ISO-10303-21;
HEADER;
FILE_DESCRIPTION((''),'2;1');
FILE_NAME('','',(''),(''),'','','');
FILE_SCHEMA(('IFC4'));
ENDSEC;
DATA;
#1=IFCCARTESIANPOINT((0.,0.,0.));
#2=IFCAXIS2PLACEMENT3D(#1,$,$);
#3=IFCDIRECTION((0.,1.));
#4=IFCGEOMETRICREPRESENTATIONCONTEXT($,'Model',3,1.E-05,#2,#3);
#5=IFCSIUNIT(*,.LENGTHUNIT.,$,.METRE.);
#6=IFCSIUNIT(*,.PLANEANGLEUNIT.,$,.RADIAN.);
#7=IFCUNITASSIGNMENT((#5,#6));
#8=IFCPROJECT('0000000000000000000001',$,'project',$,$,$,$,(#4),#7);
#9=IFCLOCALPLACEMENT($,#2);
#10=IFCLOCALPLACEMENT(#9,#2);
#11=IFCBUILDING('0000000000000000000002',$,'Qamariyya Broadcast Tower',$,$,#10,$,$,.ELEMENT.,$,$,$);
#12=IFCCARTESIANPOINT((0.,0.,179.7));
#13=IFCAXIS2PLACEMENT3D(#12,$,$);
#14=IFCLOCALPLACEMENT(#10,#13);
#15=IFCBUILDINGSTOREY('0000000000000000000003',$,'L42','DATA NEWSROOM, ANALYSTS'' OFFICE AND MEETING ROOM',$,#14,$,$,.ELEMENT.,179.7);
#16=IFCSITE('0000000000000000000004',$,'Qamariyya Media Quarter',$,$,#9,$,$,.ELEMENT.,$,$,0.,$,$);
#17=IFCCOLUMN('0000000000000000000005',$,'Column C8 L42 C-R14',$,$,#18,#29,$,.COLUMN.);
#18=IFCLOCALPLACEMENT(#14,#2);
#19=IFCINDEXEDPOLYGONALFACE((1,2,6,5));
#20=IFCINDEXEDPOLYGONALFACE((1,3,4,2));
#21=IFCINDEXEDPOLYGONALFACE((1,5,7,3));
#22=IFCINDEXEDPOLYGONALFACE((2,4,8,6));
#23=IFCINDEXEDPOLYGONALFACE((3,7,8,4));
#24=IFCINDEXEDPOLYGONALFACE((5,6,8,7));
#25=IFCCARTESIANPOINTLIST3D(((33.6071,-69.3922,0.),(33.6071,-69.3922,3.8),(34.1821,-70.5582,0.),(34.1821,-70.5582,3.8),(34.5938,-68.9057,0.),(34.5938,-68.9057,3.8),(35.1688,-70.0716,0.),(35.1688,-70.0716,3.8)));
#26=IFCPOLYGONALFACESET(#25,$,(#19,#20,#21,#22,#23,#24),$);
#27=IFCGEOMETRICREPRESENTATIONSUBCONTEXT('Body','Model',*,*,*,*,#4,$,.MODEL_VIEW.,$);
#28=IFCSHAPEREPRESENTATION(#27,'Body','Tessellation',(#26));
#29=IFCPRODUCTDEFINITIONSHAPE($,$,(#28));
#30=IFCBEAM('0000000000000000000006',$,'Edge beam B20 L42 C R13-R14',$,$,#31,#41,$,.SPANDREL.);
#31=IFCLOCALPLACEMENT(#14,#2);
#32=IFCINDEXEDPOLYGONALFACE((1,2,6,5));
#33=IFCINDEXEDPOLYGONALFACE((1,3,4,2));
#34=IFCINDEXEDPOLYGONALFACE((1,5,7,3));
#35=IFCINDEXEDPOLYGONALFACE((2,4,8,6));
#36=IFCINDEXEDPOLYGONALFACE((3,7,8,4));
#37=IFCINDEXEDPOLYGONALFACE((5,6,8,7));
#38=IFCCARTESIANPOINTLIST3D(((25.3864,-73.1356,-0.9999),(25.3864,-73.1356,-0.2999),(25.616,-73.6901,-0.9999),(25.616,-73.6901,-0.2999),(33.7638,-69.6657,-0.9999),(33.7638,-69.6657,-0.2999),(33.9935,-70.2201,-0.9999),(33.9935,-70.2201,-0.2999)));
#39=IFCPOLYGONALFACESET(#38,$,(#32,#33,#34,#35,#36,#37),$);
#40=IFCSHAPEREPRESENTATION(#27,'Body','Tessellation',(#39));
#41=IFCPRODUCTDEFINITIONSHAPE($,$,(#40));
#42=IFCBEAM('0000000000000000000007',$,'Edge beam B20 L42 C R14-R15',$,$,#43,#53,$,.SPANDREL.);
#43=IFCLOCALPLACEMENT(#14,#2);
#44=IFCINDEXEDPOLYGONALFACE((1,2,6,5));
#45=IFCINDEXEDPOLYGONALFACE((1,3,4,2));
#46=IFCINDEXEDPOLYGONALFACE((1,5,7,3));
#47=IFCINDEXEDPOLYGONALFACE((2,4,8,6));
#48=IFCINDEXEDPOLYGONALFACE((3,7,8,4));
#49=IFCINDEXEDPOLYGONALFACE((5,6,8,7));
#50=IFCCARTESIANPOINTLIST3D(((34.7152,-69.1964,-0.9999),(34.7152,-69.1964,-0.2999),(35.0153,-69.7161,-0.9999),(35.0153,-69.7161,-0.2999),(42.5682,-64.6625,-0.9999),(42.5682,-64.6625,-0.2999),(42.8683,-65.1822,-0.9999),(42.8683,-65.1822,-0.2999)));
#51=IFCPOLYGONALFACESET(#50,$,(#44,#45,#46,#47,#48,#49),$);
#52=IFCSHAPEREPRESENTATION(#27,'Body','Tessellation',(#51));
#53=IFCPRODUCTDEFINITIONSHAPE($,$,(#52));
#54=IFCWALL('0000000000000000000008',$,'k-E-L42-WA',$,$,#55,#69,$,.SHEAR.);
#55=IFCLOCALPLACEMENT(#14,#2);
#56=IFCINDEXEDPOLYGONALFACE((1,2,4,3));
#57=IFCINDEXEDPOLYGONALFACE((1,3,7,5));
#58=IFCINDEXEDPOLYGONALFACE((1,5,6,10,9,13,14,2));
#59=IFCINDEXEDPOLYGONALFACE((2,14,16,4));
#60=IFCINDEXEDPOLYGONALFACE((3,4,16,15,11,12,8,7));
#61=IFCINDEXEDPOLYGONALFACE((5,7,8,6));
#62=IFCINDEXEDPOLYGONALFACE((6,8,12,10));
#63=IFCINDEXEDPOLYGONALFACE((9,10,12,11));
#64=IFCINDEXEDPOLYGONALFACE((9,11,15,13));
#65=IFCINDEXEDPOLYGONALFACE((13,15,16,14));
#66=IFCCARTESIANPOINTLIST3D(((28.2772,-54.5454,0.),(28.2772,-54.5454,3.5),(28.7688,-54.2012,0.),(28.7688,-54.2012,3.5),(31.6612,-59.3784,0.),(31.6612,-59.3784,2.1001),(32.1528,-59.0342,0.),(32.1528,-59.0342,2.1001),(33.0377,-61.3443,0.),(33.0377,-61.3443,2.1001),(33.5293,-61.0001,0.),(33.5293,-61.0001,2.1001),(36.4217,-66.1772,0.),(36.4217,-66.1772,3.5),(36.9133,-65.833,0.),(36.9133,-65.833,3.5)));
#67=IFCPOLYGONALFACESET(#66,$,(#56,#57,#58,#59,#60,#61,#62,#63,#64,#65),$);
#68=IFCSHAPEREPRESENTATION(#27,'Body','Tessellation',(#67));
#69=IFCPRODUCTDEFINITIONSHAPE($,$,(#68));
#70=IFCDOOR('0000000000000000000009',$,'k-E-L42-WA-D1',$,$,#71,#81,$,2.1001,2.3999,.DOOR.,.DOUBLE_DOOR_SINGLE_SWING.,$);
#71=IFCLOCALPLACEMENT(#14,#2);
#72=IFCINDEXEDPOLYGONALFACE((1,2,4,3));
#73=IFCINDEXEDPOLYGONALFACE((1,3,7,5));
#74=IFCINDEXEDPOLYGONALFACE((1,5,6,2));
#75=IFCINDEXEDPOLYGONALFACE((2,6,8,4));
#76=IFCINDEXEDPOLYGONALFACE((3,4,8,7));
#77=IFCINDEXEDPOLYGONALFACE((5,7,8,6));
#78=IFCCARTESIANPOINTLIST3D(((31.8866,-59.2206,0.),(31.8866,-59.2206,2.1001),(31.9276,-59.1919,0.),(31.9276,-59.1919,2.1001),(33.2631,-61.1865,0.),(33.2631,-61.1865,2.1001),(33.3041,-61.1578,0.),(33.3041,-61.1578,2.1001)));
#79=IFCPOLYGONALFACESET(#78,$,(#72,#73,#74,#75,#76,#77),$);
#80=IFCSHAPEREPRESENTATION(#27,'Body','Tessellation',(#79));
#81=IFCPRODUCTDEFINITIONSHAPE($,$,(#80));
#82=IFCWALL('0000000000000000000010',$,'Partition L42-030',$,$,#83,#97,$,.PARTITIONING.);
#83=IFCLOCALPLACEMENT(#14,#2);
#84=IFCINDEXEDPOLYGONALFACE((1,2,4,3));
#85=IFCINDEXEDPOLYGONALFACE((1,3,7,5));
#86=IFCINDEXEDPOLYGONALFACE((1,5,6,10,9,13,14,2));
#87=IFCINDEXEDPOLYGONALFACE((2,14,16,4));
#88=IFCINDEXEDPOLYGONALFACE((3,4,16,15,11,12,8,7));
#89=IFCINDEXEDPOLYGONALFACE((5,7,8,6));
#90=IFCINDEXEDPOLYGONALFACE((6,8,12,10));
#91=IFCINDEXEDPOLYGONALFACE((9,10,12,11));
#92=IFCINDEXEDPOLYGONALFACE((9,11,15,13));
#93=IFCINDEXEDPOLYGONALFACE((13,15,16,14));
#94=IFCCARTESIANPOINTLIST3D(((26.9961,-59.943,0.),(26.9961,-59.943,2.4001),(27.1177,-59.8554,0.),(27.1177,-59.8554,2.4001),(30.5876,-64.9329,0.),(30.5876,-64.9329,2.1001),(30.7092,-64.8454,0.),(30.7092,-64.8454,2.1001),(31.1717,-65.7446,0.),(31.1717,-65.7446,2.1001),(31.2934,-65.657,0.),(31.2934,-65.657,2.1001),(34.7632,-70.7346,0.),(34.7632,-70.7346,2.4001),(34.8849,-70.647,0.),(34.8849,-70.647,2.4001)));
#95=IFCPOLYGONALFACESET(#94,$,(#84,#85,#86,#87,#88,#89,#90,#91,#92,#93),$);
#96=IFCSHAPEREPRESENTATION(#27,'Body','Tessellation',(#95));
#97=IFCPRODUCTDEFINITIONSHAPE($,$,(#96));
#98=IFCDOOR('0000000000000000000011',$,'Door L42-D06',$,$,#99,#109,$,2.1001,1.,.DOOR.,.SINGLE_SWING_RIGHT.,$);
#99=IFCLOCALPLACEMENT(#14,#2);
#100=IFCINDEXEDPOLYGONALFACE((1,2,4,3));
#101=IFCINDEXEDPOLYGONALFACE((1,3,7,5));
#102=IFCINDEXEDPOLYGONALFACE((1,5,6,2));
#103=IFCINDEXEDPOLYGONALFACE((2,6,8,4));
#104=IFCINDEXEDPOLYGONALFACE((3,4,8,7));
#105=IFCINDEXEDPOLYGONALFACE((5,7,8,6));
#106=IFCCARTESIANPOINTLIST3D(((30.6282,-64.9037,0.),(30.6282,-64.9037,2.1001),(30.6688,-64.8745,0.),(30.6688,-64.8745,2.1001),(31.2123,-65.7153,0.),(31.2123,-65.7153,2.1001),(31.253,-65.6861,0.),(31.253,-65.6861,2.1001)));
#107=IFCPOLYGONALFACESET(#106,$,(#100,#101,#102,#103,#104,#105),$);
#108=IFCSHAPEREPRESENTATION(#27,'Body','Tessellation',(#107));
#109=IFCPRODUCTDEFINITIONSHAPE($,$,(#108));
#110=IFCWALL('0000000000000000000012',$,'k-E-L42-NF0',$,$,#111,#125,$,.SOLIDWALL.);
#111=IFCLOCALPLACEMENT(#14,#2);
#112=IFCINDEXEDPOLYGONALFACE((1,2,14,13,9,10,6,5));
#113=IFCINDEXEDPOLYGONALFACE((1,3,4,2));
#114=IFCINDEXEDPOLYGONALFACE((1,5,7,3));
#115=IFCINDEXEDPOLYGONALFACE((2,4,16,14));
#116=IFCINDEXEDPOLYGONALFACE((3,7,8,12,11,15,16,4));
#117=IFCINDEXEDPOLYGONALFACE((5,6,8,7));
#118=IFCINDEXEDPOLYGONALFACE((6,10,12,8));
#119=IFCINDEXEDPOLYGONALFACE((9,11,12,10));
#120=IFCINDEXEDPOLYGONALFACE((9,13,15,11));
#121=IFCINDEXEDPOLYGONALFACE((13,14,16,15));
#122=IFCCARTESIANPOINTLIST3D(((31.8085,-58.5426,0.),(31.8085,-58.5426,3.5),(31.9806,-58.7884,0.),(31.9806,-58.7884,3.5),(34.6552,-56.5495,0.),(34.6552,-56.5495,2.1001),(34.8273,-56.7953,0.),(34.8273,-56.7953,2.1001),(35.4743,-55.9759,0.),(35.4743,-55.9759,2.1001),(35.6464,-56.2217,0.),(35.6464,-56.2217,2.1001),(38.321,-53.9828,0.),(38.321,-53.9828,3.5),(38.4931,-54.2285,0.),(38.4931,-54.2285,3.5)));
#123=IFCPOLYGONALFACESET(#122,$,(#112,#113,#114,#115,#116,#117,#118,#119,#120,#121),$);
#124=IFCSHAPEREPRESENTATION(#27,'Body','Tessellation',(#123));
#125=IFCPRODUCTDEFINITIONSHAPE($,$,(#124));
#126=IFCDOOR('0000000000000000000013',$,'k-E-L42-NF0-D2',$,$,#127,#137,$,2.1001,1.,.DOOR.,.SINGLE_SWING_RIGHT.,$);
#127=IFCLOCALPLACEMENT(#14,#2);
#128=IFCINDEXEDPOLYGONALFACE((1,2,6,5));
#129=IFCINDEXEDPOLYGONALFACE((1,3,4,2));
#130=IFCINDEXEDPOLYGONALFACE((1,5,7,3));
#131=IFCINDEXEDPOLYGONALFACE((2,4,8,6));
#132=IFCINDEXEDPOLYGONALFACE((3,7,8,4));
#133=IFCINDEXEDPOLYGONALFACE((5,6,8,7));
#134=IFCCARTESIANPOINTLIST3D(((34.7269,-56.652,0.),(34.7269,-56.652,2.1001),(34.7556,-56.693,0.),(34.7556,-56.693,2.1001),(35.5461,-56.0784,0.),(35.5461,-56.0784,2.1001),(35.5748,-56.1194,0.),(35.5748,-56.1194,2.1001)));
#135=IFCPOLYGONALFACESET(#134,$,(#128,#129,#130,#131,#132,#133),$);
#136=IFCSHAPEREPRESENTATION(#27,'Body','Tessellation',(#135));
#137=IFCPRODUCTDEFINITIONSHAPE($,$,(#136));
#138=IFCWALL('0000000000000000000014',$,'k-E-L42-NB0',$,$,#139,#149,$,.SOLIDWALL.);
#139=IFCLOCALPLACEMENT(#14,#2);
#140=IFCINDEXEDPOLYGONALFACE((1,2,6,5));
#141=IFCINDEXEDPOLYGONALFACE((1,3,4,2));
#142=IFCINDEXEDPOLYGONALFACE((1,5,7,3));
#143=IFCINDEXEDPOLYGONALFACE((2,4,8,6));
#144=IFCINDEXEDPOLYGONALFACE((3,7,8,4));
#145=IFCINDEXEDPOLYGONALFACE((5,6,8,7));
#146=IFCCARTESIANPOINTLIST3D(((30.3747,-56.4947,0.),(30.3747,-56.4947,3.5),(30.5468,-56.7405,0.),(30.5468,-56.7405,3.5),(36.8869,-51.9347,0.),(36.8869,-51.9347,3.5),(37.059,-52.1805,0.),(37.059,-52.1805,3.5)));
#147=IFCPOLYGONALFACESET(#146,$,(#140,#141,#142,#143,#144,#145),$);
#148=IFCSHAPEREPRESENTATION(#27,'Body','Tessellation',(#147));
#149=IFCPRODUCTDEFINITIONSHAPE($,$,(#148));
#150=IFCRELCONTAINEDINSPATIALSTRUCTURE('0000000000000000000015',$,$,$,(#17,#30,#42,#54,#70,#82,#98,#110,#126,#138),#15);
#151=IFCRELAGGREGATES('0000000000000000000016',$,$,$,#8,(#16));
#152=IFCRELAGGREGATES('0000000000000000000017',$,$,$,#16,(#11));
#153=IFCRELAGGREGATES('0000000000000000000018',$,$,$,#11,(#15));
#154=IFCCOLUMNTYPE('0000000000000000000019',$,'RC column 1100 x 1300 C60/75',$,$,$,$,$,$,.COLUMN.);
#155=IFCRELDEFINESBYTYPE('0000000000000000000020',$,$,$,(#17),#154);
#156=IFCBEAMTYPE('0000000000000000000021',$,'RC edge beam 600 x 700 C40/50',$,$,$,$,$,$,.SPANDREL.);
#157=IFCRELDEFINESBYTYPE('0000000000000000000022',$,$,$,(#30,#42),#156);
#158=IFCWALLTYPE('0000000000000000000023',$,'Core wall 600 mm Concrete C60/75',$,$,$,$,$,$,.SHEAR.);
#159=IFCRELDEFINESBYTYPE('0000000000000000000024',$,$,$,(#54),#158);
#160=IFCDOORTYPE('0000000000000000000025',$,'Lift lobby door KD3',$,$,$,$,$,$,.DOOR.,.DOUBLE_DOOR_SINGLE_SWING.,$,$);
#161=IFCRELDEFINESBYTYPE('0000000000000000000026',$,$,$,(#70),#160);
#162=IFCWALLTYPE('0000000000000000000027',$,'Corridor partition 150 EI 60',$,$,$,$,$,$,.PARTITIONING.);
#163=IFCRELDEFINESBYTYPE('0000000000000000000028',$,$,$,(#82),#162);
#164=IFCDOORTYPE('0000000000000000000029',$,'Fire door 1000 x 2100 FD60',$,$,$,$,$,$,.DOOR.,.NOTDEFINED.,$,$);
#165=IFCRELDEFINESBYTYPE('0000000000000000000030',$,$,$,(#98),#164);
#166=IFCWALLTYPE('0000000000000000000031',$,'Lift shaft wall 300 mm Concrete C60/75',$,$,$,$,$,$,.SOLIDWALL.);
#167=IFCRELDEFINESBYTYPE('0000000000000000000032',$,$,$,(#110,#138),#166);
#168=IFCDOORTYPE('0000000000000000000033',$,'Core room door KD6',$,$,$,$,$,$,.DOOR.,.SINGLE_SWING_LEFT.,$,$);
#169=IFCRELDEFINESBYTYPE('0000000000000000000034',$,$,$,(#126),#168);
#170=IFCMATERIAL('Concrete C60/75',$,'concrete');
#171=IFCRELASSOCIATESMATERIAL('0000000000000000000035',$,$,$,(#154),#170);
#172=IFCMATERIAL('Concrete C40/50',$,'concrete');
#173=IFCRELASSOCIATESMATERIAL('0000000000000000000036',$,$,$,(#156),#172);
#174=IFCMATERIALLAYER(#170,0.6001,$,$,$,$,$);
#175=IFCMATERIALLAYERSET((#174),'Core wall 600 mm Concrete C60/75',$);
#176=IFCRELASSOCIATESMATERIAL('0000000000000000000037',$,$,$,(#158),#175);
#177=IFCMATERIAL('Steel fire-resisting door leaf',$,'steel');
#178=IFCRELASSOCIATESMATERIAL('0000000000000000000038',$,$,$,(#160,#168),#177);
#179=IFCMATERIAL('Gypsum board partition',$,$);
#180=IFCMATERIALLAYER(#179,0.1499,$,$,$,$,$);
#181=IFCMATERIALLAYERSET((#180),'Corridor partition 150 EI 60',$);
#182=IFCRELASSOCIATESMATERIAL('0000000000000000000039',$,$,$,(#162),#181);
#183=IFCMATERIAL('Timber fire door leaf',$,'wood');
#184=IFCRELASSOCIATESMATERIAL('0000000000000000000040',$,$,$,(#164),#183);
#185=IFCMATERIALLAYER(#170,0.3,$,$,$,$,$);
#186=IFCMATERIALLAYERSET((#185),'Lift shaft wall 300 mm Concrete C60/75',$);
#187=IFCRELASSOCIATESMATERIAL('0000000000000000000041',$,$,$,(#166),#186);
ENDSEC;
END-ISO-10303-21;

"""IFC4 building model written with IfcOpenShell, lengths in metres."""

from ifc_helpers import new_model, si_unit, direction, frame, frame_2d, origin, origin_2d, place, context, subcontext, project, spatial, rectangle, extrude, material, layer, layer_set, material_profile, profile_set, type_object, element, fill, save


model = new_model("IFC4")

# Units and contexts
model_context = context("Model", 3, precision=1e-05, world=origin(), true_north=direction((0.0, 1.0)))
body_context = subcontext(model_context, "Body", "Model", "MODEL_VIEW")
ifc_project = project(units=[si_unit("LENGTHUNIT", "METRE"), si_unit("PLANEANGLEUNIT", "RADIAN")], contexts=[model_context])

# Site, building, storey
site_placement = place(None, origin())
site = spatial("IfcSite", under=ifc_project, at=site_placement, Name="Qamariyya Media Quarter", CompositionType="ELEMENT", RefElevation=0.0)
building_placement = place(site_placement, origin())
building = spatial("IfcBuilding", under=site, at=building_placement, Name="Qamariyya Broadcast Tower", CompositionType="ELEMENT")
storey_placement = place(building_placement, frame((0.0, 0.0, 179.7)))
storey = spatial("IfcBuildingStorey", under=building, at=storey_placement, Name="L42", Description="DATA NEWSROOM, ANALYSTS' OFFICE AND MEETING ROOM", CompositionType="ELEMENT", Elevation=179.7)

# Column
ifc_material_1 = material(Name="Concrete C60/75", Category="concrete")
ifc_material_profile_1 = material_profile(ifc_material_1, rectangle(XDim=1.1001, YDim=1.3, at=origin_2d()))
ifc_profile_set_1 = profile_set([ifc_material_profile_1], Name="Concrete C60/75")
column_type = type_object("IfcColumnType", Name="RC column 1100 x 1300 C60/75", PredefinedType="COLUMN", material=ifc_profile_set_1)
column_placement = place(storey_placement, frame((34.3879, -69.7319, 0.0), z_axis=(0.0, 0.0, 1.0), x_axis=(0.896873, 0.442289, 0.0)))
element("IfcColumn", 1, at=column_placement, inside=storey, type_object=column_type, Name="Column C8 L42 C-R14", PredefinedType="COLUMN", context=body_context, shape_type="SweptSolid", body=[
    extrude(rectangle(XDim=1.1001, YDim=1.3, at=origin_2d()), origin(), (0.0, 0.0, 1.0), 3.8),
])

# Beams
ifc_material_2 = material(Name="Concrete C40/50", Category="concrete")
ifc_material_profile_2 = material_profile(ifc_material_2, rectangle(XDim=0.6001, YDim=0.7, at=origin_2d()))
ifc_profile_set_2 = profile_set([ifc_material_profile_2], Name="Concrete C40/50")
beam_type = type_object("IfcBeamType", Name="RC edge beam 600 x 700 C40/50", PredefinedType="SPANDREL", material=ifc_profile_set_2)
beam_1_placement = place(storey_placement, frame((25.5012, -73.4128, -0.6499), z_axis=(0.923883, 0.382676, 0.0), x_axis=(-0.382676, 0.923883, 0.0)))
element("IfcBeam", 2, at=beam_1_placement, inside=storey, type_object=beam_type, Name="Edge beam B20 L42 C R13-R14", PredefinedType="SPANDREL", context=body_context, shape_type="SweptSolid", body=[
    extrude(rectangle(XDim=0.6001, YDim=0.7, at=origin_2d()), origin(), (0.0, 0.0, 1.0), 9.0676),
])
beam_2_placement = place(storey_placement, frame((34.8652, -69.4563, -0.6499), z_axis=(0.866026, 0.499999, 0.0), x_axis=(-0.499999, 0.866026, 0.0)))
element("IfcBeam", 3, at=beam_2_placement, inside=storey, type_object=beam_type, Name="Edge beam B20 L42 C R14-R15", PredefinedType="SPANDREL", context=body_context, shape_type="SweptSolid", body=[
    extrude(rectangle(XDim=0.6001, YDim=0.7, at=origin_2d()), origin(), (0.0, 0.0, 1.0), 9.0679),
])

# Walls, openings, doors
ifc_layer_1 = layer(ifc_material_1, 0.6001)
ifc_layer_set_1 = layer_set([ifc_layer_1], Name="Core wall 600 mm Concrete C60/75")
wall_type_1 = type_object("IfcWallType", Name="Core wall 600 mm Concrete C60/75", PredefinedType="SHEAR", material=ifc_layer_set_1)
wall_1_placement = place(storey_placement, frame((36.6675, -66.0051, 0.0), z_axis=(0.0, 0.0, 1.0), x_axis=(-0.573568, 0.819158, 0.0)))
wall_1 = element("IfcWall", 4, at=wall_1_placement, inside=storey, type_object=wall_type_1, Name="k-E-L42-WA", PredefinedType="SHEAR", context=body_context, shape_type="SweptSolid", body=[
    extrude(rectangle(XDim=14.1997, YDim=0.6001, at=frame_2d((7.0999, 0.0))), origin(), (0.0, 0.0, 1.0), 3.5),
])
opening_1_placement = place(wall_1_placement, frame((5.8999, 0.0, 0.0)))
opening_1 = element("IfcOpeningElement", 5, at=opening_1_placement, cuts=wall_1, PredefinedType="OPENING", context=body_context, shape_type="SweptSolid", body=[
    extrude(rectangle(XDim=2.3999, YDim=2.1001, at=frame_2d((1.2, 1.05))), frame((0.0, 0.3101, 0.0), z_axis=(0.0, -1.0, 0.0), x_axis=(1.0, 0.0, 0.0)), (0.0, 0.0, 1.0), 0.6201),
])
ifc_material_3 = material(Name="Steel fire-resisting door leaf", Category="steel")
door_type_1 = type_object("IfcDoorType", Name="Lift lobby door KD3", OperationType="DOUBLE_DOOR_SINGLE_SWING", PredefinedType="DOOR", material=ifc_material_3)
door_1_placement = place(opening_1_placement, origin())
door_1 = element("IfcDoor", 6, at=door_1_placement, inside=storey, type_object=door_type_1, Name="k-E-L42-WA-D1", OperationType="DOUBLE_DOOR_SINGLE_SWING", OverallHeight=2.1001, OverallWidth=2.3999, PredefinedType="DOOR", context=body_context, shape_type="SweptSolid", body=[
    extrude(rectangle(XDim=2.3999, YDim=2.1001, at=frame_2d((1.2, 1.05))), frame((0.0, 0.0249, 0.0), z_axis=(0.0, -1.0, 0.0), x_axis=(1.0, 0.0, 0.0)), (0.0, 0.0, 1.0), 0.05),
])
fill(opening_1, door_1)
ifc_material_4 = material(Name="Gypsum board partition")
ifc_layer_2 = layer(ifc_material_4, 0.1499)
ifc_layer_set_2 = layer_set([ifc_layer_2], Name="Corridor partition 150 EI 60")
wall_type_2 = type_object("IfcWallType", Name="Corridor partition 150 EI 60", PredefinedType="PARTITIONING", material=ifc_layer_set_2)
wall_2_placement = place(storey_placement, frame((34.824, -70.6907, 0.0), z_axis=(0.0, 0.0, 1.0), x_axis=(-0.584166, 0.811634, 0.0)))
wall_2 = element("IfcWall", 7, at=wall_2_placement, inside=storey, type_object=wall_type_2, Name="Partition L42-030", PredefinedType="PARTITIONING", context=body_context, shape_type="SweptSolid", body=[
    extrude(rectangle(XDim=13.2961, YDim=0.1499, at=frame_2d((6.6479, 0.0))), origin(), (0.0, 0.0, 1.0), 2.4001),
])
opening_2_placement = place(wall_2_placement, frame((6.1479, 0.0, 0.0)))
opening_2 = element("IfcOpeningElement", 8, at=opening_2_placement, cuts=wall_2, PredefinedType="OPENING", context=body_context, shape_type="SweptSolid", body=[
    extrude(rectangle(XDim=1.0, YDim=2.1001, at=frame_2d((0.5, 1.05))), frame((0.0, 0.085, 0.0), z_axis=(0.0, -1.0, 0.0), x_axis=(1.0, 0.0, 0.0)), (0.0, 0.0, 1.0), 0.1699),
])
ifc_material_5 = material(Name="Timber fire door leaf", Category="wood")
door_type_2 = type_object("IfcDoorType", Name="Fire door 1000 x 2100 FD60", OperationType="NOTDEFINED", PredefinedType="DOOR", material=ifc_material_5)
door_2_placement = place(opening_2_placement, origin())
door_2 = element("IfcDoor", 9, at=door_2_placement, inside=storey, type_object=door_type_2, Name="Door L42-D06", OperationType="SINGLE_SWING_RIGHT", OverallHeight=2.1001, OverallWidth=1.0, PredefinedType="DOOR", context=body_context, shape_type="SweptSolid", body=[
    extrude(rectangle(XDim=1.0, YDim=2.1001, at=frame_2d((0.5, 1.05))), frame((0.0, 0.0249, 0.0), z_axis=(0.0, -1.0, 0.0), x_axis=(1.0, 0.0, 0.0)), (0.0, 0.0, 1.0), 0.05),
])
fill(opening_2, door_2)
ifc_layer_3 = layer(ifc_material_1, 0.3)
ifc_layer_set_3 = layer_set([ifc_layer_3], Name="Lift shaft wall 300 mm Concrete C60/75")
wall_type_3 = type_object("IfcWallType", Name="Lift shaft wall 300 mm Concrete C60/75", PredefinedType="SOLIDWALL", material=ifc_layer_set_3)
wall_3_placement = place(storey_placement, frame((31.8945, -58.6655, 0.0), z_axis=(0.0, 0.0, 1.0), x_axis=(0.819167, 0.573555, 0.0)))
wall_3 = element("IfcWall", 10, at=wall_3_placement, inside=storey, type_object=wall_type_3, Name="k-E-L42-NF0", PredefinedType="SOLIDWALL", context=body_context, shape_type="SweptSolid", body=[
    extrude(rectangle(XDim=7.9502, YDim=0.3, at=frame_2d((3.9751, 0.0))), origin(), (0.0, 0.0, 1.0), 3.5),
])
opening_3_placement = place(wall_3_placement, frame((3.4751, 0.0, 0.0)))
opening_3 = element("IfcOpeningElement", 11, at=opening_3_placement, cuts=wall_3, PredefinedType="OPENING", context=body_context, shape_type="SweptSolid", body=[
    extrude(rectangle(XDim=1.0, YDim=2.1001, at=frame_2d((0.5, 1.05))), frame((0.0, 0.1599, 0.0), z_axis=(0.0, -1.0, 0.0), x_axis=(1.0, 0.0, 0.0)), (0.0, 0.0, 1.0), 0.3201),
])
door_type_3 = type_object("IfcDoorType", Name="Core room door KD6", OperationType="SINGLE_SWING_LEFT", PredefinedType="DOOR", material=ifc_material_3)
door_3_placement = place(opening_3_placement, origin())
door_3 = element("IfcDoor", 12, at=door_3_placement, inside=storey, type_object=door_type_3, Name="k-E-L42-NF0-D2", OperationType="SINGLE_SWING_RIGHT", OverallHeight=2.1001, OverallWidth=1.0, PredefinedType="DOOR", context=body_context, shape_type="SweptSolid", body=[
    extrude(rectangle(XDim=1.0, YDim=2.1001, at=frame_2d((0.5, 1.05))), frame((0.0, 0.0249, 0.0), z_axis=(0.0, -1.0, 0.0), x_axis=(1.0, 0.0, 0.0)), (0.0, 0.0, 1.0), 0.05),
])
fill(opening_3, door_3)

# Wall
wall_4_placement = place(storey_placement, frame((30.4607, -56.6177, 0.0), z_axis=(0.0, 0.0, 1.0), x_axis=(0.819142, 0.57359, 0.0)))
element("IfcWall", 13, at=wall_4_placement, inside=storey, type_object=wall_type_3, Name="k-E-L42-NB0", PredefinedType="SOLIDWALL", context=body_context, shape_type="SweptSolid", body=[
    extrude(rectangle(XDim=7.95, YDim=0.3, at=frame_2d((3.9751, 0.0))), origin(), (0.0, 0.0, 1.0), 3.5),
])

save(model, "model.ifc")
